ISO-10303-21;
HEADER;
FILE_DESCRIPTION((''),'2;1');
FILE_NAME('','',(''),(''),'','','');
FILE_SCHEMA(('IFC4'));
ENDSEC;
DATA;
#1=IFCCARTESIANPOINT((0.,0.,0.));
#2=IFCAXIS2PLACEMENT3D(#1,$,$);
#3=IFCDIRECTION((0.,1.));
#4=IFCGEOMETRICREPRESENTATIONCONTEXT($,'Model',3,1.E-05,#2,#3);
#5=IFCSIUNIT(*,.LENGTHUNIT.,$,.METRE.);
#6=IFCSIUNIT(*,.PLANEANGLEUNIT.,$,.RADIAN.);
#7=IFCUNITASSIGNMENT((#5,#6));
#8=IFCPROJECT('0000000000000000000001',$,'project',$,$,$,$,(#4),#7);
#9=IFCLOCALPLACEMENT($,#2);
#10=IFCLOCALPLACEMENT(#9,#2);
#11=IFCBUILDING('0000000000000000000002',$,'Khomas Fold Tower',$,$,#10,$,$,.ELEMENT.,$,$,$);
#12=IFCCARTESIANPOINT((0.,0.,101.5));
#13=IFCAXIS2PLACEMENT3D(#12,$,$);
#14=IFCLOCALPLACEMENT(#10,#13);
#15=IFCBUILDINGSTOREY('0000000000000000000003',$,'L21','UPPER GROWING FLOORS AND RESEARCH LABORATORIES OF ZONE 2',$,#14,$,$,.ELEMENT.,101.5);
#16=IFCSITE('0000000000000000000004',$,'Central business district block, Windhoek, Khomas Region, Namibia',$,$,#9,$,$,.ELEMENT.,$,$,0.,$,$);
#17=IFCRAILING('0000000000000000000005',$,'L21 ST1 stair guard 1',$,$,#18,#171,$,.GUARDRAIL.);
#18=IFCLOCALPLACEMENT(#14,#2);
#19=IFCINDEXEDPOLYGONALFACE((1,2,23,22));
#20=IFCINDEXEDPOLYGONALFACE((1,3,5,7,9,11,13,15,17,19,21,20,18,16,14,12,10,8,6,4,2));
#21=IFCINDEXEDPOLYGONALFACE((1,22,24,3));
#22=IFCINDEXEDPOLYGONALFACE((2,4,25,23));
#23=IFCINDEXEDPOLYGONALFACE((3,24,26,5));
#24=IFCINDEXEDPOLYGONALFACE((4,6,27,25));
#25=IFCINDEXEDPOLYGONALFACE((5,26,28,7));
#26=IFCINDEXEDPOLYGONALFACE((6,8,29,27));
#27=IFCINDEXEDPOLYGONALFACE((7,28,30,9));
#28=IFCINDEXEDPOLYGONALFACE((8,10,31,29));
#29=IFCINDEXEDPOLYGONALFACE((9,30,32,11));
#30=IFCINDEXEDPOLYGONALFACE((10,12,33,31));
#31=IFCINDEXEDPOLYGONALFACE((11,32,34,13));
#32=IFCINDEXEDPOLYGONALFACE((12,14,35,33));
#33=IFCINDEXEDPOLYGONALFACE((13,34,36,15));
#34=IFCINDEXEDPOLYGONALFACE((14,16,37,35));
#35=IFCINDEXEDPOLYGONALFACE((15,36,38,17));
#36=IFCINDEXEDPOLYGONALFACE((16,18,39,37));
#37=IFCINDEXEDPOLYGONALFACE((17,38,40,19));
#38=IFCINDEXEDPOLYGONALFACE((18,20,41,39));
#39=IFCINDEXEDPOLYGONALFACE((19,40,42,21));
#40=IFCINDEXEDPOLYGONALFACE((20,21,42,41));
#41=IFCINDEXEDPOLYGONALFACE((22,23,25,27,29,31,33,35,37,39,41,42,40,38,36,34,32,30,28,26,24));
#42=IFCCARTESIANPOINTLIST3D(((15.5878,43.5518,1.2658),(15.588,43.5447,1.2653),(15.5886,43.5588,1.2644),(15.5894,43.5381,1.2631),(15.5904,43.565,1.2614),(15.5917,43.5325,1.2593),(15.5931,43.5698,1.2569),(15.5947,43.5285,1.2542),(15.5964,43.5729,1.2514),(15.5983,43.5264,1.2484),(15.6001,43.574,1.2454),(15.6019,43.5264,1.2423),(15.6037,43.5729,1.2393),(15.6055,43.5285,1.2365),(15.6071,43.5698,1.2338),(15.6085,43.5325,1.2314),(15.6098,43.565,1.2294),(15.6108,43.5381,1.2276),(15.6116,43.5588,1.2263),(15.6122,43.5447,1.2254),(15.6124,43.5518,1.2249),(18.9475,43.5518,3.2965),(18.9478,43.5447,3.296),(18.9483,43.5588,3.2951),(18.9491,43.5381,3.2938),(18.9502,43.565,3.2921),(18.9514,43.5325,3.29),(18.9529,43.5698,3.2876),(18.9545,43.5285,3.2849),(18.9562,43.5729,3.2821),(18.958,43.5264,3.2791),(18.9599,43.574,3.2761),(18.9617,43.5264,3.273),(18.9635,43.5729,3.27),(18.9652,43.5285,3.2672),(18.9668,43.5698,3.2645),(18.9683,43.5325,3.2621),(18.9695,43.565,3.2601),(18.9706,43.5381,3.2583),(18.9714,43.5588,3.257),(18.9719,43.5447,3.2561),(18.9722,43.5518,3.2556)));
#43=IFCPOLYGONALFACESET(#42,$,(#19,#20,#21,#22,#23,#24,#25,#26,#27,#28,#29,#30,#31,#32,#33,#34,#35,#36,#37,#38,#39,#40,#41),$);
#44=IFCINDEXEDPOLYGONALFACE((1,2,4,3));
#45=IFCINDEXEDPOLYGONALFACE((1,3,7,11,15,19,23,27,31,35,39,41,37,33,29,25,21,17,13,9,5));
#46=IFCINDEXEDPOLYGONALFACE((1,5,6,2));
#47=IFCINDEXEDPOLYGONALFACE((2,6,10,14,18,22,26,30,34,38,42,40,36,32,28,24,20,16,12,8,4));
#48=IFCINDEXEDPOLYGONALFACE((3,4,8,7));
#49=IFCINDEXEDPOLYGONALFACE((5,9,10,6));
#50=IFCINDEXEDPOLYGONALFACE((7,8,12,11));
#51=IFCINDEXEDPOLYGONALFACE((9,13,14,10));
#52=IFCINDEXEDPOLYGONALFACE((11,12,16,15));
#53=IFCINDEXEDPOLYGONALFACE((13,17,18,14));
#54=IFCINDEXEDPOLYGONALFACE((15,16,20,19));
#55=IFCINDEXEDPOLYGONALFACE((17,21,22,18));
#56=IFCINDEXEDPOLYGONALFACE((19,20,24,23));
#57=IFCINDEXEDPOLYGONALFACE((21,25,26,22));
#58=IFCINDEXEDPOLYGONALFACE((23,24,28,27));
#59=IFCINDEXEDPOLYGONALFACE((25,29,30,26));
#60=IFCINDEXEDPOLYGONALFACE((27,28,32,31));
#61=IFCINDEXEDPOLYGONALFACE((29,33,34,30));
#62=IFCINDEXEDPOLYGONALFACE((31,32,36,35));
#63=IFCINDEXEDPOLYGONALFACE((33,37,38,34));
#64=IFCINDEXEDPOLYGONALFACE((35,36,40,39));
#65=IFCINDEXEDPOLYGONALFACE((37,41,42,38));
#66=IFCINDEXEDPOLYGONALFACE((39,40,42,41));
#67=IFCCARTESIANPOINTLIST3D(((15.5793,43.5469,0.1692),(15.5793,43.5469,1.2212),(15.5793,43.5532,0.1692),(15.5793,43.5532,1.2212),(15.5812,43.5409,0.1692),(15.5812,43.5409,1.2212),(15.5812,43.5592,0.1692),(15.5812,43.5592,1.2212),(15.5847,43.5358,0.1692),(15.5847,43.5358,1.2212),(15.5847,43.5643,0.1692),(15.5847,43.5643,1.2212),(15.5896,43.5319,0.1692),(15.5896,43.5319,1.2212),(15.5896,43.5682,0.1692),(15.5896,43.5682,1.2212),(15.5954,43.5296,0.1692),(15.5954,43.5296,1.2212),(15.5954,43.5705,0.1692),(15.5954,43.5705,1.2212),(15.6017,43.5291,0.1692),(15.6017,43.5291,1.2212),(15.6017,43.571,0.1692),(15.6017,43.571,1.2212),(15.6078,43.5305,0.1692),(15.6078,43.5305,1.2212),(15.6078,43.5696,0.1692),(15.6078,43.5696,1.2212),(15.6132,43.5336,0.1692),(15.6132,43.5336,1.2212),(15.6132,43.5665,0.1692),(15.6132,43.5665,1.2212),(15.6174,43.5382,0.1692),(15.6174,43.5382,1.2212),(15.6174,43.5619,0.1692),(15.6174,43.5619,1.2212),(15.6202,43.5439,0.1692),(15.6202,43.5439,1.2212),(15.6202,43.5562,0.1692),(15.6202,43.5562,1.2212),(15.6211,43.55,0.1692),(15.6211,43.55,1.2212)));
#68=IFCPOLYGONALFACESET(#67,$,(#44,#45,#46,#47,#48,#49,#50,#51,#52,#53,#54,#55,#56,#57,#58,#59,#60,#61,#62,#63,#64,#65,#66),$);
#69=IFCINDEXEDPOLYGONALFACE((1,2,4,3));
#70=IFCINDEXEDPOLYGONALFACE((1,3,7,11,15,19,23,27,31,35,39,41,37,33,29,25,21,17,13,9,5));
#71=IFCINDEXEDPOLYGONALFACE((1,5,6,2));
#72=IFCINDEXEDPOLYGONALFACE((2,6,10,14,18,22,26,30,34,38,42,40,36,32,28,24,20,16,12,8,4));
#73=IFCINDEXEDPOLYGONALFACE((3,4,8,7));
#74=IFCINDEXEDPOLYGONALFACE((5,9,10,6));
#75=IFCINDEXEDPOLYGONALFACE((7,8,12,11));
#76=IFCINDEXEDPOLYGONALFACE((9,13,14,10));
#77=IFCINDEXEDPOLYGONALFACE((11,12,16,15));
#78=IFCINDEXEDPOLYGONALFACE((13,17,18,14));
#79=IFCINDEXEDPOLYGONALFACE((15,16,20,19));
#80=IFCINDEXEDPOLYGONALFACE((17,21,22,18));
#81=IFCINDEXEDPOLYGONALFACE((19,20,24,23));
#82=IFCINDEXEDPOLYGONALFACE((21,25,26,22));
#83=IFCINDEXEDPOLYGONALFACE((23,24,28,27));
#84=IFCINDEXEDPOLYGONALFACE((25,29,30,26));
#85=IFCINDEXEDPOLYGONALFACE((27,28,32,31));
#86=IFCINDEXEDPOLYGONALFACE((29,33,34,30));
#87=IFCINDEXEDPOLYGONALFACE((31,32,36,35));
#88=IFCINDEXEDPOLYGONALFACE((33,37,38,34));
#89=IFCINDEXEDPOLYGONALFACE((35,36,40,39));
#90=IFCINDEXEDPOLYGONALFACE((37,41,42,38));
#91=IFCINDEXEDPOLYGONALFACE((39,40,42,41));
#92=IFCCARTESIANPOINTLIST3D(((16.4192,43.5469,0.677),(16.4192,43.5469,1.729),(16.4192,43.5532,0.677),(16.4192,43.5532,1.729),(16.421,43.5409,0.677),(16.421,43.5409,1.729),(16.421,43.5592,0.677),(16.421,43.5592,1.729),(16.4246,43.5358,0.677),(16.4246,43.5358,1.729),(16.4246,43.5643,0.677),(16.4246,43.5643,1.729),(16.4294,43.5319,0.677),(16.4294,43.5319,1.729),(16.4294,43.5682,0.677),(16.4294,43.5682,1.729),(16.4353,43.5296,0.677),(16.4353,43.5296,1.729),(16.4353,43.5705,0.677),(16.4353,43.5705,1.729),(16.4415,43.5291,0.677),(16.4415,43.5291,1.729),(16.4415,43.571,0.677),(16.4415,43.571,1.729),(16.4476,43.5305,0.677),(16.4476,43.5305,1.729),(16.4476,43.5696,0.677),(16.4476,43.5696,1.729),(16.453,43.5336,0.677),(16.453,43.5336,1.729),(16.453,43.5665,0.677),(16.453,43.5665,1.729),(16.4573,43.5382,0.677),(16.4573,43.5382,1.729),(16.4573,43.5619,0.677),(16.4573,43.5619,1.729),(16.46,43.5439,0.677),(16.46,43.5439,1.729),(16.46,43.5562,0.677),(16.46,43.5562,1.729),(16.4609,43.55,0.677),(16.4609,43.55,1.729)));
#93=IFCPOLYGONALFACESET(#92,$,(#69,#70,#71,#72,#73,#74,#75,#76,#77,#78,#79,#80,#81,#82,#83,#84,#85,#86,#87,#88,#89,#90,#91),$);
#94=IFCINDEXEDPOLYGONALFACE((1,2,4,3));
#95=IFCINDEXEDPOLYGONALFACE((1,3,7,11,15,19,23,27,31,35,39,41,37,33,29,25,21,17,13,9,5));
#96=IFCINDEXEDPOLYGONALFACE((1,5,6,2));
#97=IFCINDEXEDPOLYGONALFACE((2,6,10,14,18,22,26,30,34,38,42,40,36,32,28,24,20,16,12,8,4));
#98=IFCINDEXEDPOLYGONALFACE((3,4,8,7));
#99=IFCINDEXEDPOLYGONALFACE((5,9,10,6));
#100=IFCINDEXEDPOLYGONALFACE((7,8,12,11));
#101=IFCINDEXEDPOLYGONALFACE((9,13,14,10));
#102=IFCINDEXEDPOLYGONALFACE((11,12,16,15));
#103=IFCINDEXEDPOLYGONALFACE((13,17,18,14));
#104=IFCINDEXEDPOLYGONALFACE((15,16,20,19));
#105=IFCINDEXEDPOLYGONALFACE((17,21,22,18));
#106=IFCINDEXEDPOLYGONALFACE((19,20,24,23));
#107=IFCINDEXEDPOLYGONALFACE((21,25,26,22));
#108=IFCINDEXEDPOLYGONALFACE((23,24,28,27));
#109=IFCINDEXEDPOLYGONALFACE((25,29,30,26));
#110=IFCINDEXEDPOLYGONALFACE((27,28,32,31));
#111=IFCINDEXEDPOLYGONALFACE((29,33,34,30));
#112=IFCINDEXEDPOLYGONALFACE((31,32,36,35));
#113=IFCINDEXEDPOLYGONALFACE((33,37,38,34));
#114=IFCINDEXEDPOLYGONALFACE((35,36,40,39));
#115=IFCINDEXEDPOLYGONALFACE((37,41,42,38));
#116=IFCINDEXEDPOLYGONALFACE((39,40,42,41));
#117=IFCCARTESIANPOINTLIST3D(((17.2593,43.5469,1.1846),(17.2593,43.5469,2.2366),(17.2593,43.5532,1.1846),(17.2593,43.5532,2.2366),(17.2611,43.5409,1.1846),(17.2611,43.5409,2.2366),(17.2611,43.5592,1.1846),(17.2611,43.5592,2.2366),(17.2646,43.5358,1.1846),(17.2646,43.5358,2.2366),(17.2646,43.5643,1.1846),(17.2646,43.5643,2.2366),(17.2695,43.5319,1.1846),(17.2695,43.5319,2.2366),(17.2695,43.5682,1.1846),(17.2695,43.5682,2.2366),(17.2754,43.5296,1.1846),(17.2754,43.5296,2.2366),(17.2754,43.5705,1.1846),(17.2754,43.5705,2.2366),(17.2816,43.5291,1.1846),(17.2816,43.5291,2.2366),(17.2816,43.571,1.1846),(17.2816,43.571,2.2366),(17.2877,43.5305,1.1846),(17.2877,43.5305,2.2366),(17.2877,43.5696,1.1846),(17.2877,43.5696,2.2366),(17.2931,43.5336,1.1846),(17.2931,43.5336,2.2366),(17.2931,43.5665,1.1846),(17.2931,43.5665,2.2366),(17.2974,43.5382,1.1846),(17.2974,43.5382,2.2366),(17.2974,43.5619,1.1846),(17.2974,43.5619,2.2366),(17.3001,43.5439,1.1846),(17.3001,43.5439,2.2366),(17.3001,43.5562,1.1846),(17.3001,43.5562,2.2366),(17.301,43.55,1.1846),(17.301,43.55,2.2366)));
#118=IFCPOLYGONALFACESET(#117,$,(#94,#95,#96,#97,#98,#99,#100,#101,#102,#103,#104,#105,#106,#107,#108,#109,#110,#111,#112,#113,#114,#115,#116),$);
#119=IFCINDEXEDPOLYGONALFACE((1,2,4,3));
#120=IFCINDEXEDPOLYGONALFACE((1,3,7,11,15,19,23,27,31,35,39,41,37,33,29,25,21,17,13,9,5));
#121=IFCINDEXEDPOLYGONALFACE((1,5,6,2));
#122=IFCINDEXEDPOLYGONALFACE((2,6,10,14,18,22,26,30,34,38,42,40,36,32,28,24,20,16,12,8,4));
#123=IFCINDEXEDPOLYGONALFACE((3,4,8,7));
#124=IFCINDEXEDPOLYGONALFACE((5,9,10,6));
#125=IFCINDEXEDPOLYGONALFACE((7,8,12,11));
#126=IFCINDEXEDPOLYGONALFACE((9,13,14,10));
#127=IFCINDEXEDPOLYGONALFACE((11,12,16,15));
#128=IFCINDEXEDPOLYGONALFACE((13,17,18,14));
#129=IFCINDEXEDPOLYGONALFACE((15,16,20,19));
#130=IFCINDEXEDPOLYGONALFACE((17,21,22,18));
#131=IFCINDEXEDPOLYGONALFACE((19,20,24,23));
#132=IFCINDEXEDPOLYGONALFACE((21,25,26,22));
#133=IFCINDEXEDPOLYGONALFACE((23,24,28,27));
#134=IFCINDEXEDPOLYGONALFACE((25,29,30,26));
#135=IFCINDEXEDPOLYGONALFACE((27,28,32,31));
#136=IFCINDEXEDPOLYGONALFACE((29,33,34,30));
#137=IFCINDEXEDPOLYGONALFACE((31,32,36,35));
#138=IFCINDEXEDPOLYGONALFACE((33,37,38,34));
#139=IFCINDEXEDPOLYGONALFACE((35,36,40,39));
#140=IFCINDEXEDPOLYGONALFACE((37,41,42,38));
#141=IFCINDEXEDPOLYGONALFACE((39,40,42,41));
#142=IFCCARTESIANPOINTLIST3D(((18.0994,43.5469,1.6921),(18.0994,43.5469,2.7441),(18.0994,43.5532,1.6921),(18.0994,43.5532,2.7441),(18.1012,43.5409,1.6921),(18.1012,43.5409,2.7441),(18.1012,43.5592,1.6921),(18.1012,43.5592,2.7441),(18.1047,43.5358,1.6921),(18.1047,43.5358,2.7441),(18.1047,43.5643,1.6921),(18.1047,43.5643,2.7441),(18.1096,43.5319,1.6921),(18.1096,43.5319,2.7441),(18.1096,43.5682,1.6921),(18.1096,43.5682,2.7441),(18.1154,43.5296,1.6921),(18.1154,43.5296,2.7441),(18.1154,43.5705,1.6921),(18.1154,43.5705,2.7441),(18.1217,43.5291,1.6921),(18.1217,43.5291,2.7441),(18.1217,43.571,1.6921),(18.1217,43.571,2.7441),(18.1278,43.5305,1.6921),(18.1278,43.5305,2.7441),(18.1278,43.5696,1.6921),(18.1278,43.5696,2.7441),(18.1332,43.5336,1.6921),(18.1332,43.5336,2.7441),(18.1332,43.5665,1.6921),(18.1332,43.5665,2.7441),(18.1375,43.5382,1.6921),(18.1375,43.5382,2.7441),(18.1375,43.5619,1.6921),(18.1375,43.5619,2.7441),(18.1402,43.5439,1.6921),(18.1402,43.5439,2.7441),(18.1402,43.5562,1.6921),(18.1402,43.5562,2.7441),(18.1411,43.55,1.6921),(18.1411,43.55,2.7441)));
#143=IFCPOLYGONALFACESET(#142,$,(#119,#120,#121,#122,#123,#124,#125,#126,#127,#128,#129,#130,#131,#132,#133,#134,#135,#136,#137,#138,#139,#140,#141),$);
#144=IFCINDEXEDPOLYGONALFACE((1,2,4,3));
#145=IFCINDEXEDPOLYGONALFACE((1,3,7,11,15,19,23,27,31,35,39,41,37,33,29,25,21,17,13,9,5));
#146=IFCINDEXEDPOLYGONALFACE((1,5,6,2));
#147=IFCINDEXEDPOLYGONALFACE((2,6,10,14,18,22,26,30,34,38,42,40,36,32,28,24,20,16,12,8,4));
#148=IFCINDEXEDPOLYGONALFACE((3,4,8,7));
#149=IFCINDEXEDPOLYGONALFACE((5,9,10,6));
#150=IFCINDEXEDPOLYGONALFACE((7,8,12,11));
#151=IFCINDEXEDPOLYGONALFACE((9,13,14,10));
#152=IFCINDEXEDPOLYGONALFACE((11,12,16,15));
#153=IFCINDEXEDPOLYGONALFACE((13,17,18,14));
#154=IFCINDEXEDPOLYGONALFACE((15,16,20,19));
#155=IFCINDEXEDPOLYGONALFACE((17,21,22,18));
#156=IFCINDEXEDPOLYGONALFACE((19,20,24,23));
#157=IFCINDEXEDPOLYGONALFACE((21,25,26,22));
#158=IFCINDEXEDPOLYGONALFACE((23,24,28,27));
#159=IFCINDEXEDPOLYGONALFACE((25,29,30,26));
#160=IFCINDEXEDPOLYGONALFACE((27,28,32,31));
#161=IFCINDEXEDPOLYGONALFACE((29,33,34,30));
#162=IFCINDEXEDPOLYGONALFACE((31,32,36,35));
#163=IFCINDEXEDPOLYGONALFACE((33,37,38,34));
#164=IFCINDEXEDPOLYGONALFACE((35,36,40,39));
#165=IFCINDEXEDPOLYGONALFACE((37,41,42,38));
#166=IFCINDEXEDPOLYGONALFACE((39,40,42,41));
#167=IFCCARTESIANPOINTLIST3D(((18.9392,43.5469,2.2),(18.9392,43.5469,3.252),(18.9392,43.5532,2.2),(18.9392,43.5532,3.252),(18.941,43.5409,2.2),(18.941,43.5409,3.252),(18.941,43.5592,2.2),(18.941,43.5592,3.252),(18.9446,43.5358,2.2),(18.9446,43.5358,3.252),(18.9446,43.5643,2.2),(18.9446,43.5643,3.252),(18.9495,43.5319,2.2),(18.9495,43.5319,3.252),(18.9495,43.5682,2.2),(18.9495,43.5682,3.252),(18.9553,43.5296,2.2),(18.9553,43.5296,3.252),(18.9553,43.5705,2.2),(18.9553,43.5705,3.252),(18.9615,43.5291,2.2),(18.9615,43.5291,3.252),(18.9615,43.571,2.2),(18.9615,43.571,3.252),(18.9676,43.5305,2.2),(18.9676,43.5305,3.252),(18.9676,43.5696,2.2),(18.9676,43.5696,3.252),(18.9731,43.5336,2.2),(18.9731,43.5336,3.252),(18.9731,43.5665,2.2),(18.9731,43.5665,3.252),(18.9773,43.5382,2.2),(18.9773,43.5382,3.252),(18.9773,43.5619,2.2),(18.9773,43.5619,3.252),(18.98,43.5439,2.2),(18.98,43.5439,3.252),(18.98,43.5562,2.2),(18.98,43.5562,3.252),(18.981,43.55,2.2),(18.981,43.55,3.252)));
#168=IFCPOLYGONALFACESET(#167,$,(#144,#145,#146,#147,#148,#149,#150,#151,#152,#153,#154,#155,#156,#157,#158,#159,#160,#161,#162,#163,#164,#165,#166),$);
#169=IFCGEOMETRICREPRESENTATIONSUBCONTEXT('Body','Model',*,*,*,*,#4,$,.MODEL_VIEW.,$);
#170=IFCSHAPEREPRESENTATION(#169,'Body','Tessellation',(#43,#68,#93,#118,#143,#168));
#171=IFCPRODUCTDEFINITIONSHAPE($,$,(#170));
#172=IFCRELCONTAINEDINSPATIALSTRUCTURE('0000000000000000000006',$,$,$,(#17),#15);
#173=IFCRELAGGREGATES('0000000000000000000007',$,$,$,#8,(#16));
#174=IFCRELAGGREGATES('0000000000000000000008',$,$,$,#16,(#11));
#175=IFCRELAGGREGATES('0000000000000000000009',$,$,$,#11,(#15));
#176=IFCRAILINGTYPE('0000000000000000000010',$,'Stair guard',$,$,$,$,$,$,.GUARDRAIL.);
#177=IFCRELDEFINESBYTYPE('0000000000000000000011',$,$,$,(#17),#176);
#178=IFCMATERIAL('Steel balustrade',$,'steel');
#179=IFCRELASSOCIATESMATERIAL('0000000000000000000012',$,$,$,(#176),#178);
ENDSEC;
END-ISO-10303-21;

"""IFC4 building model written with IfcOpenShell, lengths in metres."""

from ifc_helpers import new_model, si_unit, direction, frame, origin, origin_2d, place, context, subcontext, project, spatial, circle, extrude, source, transform, mapped, material, type_object, element, save


model = new_model("IFC4")

# Units and contexts
model_context = context("Model", 3, precision=1e-05, world=origin(), true_north=direction((0.0, 1.0)))
body_context = subcontext(model_context, "Body", "Model", "MODEL_VIEW")
ifc_project = project(units=[si_unit("LENGTHUNIT", "METRE"), si_unit("PLANEANGLEUNIT", "RADIAN")], contexts=[model_context])

# Site, building, storey
site_placement = place(None, origin())
site = spatial("IfcSite", under=ifc_project, at=site_placement, Name="Central business district block, Windhoek, Khomas Region, Namibia", CompositionType="ELEMENT", RefElevation=0.0)
building_placement = place(site_placement, origin())
building = spatial("IfcBuilding", under=site, at=building_placement, Name="Khomas Fold Tower", CompositionType="ELEMENT")
storey_placement = place(building_placement, frame((0.0, 0.0, 101.5)))
storey = spatial("IfcBuildingStorey", under=building, at=storey_placement, Name="L21", Description="UPPER GROWING FLOORS AND RESEARCH LABORATORIES OF ZONE 2", CompositionType="ELEMENT", Elevation=101.5)

# Railing
ifc_material_1 = material(Name="Steel balustrade", Category="steel")
railing_type_1 = type_object("IfcRailingType", Name="Stair guard", PredefinedType="GUARDRAIL", material=ifc_material_1)
shared_shape_1 = source(origin(), body_context, "Body", "SweptSolid", [
    extrude(circle(Radius=0.0239, at=origin_2d()), frame((0.0, 0.0, 1.0762), z_axis=(0.85582, 0.0, 0.517273), x_axis=(0.0, 1.0, 0.0)), (0.0, 0.0, 1.0), 3.9258),
    extrude(circle(Radius=0.021, at=origin_2d()), origin(), (0.0, 0.0, 1.0), 1.052),
    extrude(circle(Radius=0.021, at=origin_2d()), frame((0.8398, 0.0, 0.5078)), (0.0, 0.0, 1.0), 1.052),
    extrude(circle(Radius=0.021, at=origin_2d()), frame((1.6799, 0.0, 1.0154)), (0.0, 0.0, 1.0), 1.052),
    extrude(circle(Radius=0.021, at=origin_2d()), frame((2.52, 0.0, 1.5229)), (0.0, 0.0, 1.0), 1.052),
    extrude(circle(Radius=0.021, at=origin_2d()), frame((3.3599, 0.0, 2.0308)), (0.0, 0.0, 1.0), 1.052),
])
railing_1_placement = place(storey_placement, frame((15.6001, 43.55, 0.1692)))
element("IfcRailing", 1, at=railing_1_placement, inside=storey, type_object=railing_type_1, Name="L21 ST1 stair guard 1", PredefinedType="GUARDRAIL", context=body_context, shape_type="MappedRepresentation", body=[
    mapped(shared_shape_1, transform((0.0, 0.0, 0.0))),
])

save(model, "model.ifc")
